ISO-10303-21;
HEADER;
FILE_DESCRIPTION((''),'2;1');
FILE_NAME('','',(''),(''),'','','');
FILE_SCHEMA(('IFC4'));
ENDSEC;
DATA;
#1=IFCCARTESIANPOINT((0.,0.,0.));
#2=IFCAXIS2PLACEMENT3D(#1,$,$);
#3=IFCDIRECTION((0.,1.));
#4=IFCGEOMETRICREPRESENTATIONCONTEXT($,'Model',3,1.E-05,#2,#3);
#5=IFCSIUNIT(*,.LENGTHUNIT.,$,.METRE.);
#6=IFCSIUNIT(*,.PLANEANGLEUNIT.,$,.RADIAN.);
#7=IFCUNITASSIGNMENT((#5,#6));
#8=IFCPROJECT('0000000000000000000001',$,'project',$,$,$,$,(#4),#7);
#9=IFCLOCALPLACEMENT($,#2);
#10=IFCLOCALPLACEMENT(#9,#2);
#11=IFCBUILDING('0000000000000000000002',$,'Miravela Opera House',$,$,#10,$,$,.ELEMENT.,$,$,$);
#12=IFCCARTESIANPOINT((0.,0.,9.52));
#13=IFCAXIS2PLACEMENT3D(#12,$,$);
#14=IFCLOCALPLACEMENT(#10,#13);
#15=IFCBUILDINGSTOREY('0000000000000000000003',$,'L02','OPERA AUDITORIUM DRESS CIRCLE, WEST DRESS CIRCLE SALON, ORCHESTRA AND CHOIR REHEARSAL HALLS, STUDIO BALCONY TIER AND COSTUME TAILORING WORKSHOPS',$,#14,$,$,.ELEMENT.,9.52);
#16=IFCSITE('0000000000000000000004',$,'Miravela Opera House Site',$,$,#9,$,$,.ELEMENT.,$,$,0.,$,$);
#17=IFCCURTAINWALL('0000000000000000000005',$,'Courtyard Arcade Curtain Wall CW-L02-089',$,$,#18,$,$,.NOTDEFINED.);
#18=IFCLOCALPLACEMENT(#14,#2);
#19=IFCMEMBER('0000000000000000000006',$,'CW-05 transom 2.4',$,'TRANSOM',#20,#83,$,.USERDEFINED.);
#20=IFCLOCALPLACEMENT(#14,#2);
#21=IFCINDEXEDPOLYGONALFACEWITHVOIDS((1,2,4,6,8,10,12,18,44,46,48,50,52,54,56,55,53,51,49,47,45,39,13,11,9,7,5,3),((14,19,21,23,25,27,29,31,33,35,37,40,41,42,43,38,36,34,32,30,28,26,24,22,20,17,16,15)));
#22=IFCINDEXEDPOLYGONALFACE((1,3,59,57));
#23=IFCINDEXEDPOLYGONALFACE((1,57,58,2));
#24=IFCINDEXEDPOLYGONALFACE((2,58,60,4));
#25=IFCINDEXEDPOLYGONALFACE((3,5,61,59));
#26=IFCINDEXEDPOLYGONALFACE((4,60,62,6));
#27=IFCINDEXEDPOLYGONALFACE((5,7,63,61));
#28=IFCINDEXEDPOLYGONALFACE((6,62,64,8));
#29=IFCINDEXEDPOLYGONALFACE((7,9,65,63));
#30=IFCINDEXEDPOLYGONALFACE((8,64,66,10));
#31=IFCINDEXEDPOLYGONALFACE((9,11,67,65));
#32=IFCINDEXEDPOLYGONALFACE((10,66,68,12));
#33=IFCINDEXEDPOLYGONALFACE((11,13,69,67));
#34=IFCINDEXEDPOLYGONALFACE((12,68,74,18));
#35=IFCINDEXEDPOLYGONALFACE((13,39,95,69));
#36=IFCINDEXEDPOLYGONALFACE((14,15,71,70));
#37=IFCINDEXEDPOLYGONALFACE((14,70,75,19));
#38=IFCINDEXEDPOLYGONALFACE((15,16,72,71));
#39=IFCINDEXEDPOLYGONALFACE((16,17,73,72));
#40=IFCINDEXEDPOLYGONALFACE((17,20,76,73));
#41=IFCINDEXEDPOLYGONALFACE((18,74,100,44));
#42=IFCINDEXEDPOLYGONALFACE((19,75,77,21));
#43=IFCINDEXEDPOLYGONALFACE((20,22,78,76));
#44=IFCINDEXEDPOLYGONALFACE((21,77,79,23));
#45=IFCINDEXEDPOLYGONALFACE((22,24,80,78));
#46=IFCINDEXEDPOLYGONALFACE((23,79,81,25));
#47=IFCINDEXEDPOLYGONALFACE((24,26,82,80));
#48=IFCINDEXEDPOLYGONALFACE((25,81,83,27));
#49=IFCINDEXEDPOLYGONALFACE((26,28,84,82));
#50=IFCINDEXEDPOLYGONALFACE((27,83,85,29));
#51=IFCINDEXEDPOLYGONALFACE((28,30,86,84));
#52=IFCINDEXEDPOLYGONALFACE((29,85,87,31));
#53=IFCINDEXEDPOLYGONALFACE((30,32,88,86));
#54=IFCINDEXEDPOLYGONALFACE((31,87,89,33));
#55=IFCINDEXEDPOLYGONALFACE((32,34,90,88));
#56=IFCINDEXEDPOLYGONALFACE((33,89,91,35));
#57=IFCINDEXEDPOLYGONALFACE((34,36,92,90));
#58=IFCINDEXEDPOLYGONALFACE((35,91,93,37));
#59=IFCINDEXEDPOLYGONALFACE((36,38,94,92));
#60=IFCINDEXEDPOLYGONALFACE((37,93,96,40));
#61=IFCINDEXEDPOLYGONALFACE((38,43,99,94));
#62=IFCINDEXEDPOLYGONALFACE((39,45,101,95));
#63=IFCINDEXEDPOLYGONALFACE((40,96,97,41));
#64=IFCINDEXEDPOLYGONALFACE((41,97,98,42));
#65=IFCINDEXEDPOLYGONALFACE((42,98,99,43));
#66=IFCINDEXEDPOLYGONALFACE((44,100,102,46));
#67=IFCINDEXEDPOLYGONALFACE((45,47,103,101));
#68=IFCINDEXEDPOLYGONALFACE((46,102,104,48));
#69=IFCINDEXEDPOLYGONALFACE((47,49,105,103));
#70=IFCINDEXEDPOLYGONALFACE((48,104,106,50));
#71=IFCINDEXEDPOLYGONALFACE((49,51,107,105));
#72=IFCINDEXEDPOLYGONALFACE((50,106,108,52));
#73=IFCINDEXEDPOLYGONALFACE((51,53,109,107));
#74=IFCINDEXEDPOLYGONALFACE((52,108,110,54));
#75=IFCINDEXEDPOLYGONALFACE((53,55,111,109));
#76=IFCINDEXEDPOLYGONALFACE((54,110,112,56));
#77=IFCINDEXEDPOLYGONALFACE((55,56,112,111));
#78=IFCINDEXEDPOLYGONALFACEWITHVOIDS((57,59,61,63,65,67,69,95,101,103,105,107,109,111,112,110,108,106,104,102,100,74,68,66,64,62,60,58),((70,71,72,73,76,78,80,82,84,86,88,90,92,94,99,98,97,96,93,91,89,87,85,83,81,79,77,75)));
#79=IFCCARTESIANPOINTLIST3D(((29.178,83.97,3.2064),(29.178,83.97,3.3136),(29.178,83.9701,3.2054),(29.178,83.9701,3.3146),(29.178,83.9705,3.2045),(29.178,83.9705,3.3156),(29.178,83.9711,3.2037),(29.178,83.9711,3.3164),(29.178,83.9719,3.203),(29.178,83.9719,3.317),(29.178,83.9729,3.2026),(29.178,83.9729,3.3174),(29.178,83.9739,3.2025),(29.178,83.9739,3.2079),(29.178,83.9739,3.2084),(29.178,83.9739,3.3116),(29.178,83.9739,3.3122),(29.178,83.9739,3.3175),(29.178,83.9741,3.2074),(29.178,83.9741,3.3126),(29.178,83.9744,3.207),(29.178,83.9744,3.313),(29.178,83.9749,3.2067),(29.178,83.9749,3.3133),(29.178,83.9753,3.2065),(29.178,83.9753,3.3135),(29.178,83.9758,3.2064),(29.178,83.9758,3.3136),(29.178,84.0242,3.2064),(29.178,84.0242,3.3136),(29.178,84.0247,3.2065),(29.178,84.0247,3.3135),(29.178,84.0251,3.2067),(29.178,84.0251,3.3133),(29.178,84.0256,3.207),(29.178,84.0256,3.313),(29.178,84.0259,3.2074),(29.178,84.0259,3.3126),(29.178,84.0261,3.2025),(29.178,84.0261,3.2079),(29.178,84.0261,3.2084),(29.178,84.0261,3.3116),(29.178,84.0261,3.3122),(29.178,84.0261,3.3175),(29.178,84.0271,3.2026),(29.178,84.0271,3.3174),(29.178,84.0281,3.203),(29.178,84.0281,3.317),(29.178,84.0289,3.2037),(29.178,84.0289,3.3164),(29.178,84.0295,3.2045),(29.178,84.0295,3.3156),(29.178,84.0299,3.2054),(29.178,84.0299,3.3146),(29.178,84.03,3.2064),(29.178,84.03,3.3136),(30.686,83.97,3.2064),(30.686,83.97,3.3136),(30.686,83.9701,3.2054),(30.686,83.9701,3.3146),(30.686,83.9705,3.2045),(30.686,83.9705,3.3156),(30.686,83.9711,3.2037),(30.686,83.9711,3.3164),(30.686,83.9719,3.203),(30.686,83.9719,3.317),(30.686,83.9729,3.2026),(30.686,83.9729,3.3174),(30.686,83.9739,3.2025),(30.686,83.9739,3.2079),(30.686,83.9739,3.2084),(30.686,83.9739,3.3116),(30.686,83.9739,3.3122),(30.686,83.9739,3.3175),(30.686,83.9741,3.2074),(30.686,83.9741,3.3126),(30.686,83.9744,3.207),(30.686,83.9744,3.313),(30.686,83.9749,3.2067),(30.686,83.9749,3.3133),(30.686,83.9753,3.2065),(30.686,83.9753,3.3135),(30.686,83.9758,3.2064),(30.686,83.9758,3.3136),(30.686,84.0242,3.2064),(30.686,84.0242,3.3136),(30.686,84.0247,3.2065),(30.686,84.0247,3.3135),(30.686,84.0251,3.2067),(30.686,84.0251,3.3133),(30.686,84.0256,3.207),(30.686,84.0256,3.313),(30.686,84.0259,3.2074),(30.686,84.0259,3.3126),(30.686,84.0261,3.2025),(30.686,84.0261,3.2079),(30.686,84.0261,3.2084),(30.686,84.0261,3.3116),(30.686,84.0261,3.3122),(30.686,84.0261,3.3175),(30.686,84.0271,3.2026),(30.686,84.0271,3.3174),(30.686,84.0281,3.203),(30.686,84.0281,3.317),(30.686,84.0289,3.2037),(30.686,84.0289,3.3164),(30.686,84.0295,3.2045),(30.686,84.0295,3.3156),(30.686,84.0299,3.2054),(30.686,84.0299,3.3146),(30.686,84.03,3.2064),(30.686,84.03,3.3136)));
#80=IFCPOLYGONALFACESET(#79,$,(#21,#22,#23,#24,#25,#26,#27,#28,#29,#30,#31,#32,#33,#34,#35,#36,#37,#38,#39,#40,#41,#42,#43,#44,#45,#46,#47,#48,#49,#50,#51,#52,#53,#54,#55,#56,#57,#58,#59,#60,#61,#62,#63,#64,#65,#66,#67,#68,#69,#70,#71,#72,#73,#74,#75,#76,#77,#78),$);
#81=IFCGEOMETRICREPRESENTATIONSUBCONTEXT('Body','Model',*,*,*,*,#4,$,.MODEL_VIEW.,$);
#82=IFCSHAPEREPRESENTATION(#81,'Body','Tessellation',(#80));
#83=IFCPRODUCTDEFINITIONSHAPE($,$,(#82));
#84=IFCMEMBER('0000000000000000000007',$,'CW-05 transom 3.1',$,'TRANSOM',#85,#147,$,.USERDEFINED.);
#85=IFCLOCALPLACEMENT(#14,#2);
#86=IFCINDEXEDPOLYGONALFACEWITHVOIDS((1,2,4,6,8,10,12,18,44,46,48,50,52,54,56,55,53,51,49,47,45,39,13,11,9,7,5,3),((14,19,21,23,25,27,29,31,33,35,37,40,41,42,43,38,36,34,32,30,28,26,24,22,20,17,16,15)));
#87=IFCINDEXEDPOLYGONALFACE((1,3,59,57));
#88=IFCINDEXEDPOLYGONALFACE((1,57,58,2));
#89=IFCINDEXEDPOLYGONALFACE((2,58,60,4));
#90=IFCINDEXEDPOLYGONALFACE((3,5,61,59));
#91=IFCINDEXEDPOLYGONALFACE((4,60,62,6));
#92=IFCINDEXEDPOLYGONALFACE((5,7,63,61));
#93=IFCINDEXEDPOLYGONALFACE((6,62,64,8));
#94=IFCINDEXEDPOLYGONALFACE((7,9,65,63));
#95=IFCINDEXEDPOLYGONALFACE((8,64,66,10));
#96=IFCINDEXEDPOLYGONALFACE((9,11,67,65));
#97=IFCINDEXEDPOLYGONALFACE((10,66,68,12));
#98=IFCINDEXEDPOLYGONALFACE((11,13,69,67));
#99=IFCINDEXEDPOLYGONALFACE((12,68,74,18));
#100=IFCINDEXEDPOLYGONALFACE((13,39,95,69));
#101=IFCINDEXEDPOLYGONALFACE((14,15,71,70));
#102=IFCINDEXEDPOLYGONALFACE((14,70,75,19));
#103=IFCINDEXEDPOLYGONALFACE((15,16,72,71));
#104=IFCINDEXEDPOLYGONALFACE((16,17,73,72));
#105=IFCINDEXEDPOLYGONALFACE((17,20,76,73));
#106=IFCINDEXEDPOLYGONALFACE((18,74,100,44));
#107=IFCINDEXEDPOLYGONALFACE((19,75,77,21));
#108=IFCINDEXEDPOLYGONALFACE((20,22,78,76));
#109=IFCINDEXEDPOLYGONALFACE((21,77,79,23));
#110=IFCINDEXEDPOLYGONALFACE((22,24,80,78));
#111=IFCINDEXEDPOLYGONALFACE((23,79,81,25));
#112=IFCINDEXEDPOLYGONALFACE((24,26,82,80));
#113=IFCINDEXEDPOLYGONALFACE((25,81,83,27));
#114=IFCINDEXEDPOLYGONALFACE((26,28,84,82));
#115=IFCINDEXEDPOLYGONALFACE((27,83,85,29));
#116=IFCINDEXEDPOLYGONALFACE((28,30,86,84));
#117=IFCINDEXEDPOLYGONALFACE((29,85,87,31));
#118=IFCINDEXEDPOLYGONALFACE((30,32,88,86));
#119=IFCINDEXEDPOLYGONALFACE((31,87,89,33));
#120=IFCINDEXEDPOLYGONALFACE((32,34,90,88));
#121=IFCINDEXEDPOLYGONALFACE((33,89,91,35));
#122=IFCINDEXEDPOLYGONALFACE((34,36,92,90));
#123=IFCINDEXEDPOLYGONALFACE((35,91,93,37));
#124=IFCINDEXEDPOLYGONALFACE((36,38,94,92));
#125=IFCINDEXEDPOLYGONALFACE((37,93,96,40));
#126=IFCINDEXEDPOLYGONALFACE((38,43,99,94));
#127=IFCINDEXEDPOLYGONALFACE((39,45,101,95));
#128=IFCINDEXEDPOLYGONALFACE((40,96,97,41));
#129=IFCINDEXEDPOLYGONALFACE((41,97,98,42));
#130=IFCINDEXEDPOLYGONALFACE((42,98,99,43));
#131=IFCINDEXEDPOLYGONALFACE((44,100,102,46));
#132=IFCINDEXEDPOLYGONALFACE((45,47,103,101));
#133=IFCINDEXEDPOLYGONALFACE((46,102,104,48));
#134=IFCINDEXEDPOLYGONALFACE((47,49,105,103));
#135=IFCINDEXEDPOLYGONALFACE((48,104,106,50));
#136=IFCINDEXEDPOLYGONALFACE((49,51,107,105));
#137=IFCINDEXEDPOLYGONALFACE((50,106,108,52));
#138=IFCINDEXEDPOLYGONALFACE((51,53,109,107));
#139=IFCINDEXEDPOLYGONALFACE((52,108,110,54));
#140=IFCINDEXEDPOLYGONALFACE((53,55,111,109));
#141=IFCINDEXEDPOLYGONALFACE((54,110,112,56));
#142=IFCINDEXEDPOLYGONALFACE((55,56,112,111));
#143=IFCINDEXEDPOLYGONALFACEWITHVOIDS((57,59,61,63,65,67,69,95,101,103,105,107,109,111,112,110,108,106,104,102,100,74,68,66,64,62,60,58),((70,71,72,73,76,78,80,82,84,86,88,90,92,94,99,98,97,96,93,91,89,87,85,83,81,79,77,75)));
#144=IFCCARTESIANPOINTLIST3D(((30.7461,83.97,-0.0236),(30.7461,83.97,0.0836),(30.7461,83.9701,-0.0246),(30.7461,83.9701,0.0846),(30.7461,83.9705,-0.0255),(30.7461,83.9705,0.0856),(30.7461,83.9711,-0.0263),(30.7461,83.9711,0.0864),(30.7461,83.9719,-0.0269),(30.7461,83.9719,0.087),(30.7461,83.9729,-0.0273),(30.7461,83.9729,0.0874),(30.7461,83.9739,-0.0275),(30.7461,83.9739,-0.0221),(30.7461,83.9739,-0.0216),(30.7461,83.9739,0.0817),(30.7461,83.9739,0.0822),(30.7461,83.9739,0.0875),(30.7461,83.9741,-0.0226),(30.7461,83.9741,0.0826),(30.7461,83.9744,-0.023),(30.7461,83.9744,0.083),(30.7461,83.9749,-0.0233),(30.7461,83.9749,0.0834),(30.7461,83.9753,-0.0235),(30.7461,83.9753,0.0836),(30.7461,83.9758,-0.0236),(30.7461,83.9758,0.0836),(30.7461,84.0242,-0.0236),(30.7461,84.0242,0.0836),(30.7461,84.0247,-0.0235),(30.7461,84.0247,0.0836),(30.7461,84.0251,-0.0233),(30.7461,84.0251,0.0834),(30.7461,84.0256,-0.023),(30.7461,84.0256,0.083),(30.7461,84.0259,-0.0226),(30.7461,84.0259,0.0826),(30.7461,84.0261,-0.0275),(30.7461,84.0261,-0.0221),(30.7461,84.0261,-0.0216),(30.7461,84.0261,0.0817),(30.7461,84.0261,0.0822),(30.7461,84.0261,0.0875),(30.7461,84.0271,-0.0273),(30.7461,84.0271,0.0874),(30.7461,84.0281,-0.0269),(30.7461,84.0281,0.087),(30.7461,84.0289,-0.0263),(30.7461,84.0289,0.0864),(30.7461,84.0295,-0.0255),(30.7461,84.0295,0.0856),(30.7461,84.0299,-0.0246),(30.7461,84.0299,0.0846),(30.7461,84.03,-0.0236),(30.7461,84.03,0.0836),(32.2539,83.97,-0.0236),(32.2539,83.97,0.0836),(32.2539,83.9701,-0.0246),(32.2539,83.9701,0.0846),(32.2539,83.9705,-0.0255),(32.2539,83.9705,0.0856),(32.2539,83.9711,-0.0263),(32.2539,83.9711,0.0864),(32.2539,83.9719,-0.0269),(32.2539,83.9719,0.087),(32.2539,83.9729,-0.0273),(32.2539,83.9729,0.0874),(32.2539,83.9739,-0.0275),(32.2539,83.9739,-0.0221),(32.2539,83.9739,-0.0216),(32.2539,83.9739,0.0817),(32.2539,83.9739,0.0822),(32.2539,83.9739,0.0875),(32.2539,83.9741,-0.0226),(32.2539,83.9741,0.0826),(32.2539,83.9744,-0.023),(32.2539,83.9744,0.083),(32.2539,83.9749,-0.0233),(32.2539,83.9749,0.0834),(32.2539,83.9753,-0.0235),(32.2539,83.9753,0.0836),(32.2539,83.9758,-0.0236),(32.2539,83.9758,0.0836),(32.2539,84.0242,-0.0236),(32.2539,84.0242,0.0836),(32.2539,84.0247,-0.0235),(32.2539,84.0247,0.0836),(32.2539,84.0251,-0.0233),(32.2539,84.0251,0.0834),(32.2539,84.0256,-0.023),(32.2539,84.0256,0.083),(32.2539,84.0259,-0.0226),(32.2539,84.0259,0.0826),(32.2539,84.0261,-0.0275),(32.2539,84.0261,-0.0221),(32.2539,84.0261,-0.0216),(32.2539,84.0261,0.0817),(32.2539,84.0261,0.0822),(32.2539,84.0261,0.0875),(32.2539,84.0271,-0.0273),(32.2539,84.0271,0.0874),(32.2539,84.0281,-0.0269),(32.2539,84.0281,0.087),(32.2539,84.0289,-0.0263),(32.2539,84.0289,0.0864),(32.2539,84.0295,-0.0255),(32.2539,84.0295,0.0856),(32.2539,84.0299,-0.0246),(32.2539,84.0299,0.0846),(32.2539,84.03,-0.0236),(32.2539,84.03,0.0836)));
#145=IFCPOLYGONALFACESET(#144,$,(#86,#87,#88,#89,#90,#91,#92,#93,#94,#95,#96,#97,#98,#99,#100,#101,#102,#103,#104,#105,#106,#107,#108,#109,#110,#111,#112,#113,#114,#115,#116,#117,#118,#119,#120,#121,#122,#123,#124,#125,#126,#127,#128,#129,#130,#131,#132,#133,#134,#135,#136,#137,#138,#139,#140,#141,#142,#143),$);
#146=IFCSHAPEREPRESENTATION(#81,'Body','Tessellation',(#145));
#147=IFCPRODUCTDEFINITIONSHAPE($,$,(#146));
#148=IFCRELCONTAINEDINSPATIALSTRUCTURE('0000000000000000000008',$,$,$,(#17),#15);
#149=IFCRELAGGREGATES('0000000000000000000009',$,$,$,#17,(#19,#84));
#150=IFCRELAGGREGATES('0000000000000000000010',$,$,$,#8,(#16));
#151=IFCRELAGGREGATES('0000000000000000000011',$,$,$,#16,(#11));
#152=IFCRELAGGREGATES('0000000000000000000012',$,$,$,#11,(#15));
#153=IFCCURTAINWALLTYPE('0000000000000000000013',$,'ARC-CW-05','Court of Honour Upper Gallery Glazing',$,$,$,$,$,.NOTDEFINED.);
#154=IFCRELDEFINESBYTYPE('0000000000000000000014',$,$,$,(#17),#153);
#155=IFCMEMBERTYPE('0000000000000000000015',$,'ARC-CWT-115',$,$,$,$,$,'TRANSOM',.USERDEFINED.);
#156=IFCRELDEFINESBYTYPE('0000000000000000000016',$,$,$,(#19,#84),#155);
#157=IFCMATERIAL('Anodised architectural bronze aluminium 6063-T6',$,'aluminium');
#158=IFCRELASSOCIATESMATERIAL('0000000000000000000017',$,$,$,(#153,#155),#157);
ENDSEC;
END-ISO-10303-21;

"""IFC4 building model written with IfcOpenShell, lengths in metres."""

from ifc_helpers import new_model, si_unit, direction, frame, origin, origin_2d, place, context, subcontext, project, spatial, hollow_rectangle, extrude, material, material_profile, profile_set, type_object, element, aggregate, save


model = new_model("IFC4")

# Units and contexts
model_context = context("Model", 3, precision=1e-05, world=origin(), true_north=direction((0.0, 1.0)))
body_context = subcontext(model_context, "Body", "Model", "MODEL_VIEW")
ifc_project = project(units=[si_unit("LENGTHUNIT", "METRE"), si_unit("PLANEANGLEUNIT", "RADIAN")], contexts=[model_context])

# Site, building, storey
site_placement = place(None, origin())
site = spatial("IfcSite", under=ifc_project, at=site_placement, Name="Miravela Opera House Site", CompositionType="ELEMENT", RefElevation=0.0)
building_placement = place(site_placement, origin())
building = spatial("IfcBuilding", under=site, at=building_placement, Name="Miravela Opera House", CompositionType="ELEMENT")
storey_placement = place(building_placement, frame((0.0, 0.0, 9.52)))
storey = spatial("IfcBuildingStorey", under=building, at=storey_placement, Name="L02", Description="OPERA AUDITORIUM DRESS CIRCLE, WEST DRESS CIRCLE SALON, ORCHESTRA AND CHOIR REHEARSAL HALLS, STUDIO BALCONY TIER AND COSTUME TAILORING WORKSHOPS", CompositionType="ELEMENT", Elevation=9.52)

# Curtain wall, members
ifc_material_1 = material(Name="Anodised architectural bronze aluminium 6063-T6", Category="aluminium")
curtain_wall_type = type_object("IfcCurtainWallType", Name="ARC-CW-05", Description="Court of Honour Upper Gallery Glazing", PredefinedType="NOTDEFINED", material=ifc_material_1)
curtain_wall_placement = place(storey_placement, origin())
curtain_wall = element("IfcCurtainWall", 1, at=curtain_wall_placement, inside=storey, type_object=curtain_wall_type, Name="Courtyard Arcade Curtain Wall CW-L02-089", PredefinedType="NOTDEFINED")
ifc_material_profile_1 = material_profile(ifc_material_1, hollow_rectangle(XDim=0.0601, YDim=0.115, WallThickness=0.0039, InnerFilletRadius=0.002, OuterFilletRadius=0.0039, at=origin_2d()), Name="CWT-60X115")
ifc_profile_set_1 = profile_set([ifc_material_profile_1])
member_type_1 = type_object("IfcMemberType", Name="ARC-CWT-115", ElementType="TRANSOM", PredefinedType="USERDEFINED", material=ifc_profile_set_1)
member_1_placement = place(storey_placement, frame((29.178, 84.0, 3.26), z_axis=(1.0, 0.0, 0.0), x_axis=(0.0, 1.0, 0.0)))
member_1 = element("IfcMember", 2, at=member_1_placement, type_object=member_type_1, Name="CW-05 transom 2.4", ObjectType="TRANSOM", PredefinedType="USERDEFINED", context=body_context, shape_type="SweptSolid", body=[
    extrude(hollow_rectangle(XDim=0.0601, YDim=0.115, WallThickness=0.0039, InnerFilletRadius=0.002, OuterFilletRadius=0.0039, at=origin_2d()), origin(), (0.0, 0.0, 1.0), 1.5081),
])
member_2_placement = place(storey_placement, frame((30.7461, 84.0, 0.03), z_axis=(1.0, 0.0, 0.0), x_axis=(0.0, 1.0, 0.0)))
member_2 = element("IfcMember", 3, at=member_2_placement, type_object=member_type_1, Name="CW-05 transom 3.1", ObjectType="TRANSOM", PredefinedType="USERDEFINED", context=body_context, shape_type="SweptSolid", body=[
    extrude(hollow_rectangle(XDim=0.0601, YDim=0.115, WallThickness=0.0039, InnerFilletRadius=0.002, OuterFilletRadius=0.0039, at=origin_2d()), origin(), (0.0, 0.0, 1.0), 1.5078),
])
aggregate(curtain_wall, [member_1, member_2])

save(model, "model.ifc")
